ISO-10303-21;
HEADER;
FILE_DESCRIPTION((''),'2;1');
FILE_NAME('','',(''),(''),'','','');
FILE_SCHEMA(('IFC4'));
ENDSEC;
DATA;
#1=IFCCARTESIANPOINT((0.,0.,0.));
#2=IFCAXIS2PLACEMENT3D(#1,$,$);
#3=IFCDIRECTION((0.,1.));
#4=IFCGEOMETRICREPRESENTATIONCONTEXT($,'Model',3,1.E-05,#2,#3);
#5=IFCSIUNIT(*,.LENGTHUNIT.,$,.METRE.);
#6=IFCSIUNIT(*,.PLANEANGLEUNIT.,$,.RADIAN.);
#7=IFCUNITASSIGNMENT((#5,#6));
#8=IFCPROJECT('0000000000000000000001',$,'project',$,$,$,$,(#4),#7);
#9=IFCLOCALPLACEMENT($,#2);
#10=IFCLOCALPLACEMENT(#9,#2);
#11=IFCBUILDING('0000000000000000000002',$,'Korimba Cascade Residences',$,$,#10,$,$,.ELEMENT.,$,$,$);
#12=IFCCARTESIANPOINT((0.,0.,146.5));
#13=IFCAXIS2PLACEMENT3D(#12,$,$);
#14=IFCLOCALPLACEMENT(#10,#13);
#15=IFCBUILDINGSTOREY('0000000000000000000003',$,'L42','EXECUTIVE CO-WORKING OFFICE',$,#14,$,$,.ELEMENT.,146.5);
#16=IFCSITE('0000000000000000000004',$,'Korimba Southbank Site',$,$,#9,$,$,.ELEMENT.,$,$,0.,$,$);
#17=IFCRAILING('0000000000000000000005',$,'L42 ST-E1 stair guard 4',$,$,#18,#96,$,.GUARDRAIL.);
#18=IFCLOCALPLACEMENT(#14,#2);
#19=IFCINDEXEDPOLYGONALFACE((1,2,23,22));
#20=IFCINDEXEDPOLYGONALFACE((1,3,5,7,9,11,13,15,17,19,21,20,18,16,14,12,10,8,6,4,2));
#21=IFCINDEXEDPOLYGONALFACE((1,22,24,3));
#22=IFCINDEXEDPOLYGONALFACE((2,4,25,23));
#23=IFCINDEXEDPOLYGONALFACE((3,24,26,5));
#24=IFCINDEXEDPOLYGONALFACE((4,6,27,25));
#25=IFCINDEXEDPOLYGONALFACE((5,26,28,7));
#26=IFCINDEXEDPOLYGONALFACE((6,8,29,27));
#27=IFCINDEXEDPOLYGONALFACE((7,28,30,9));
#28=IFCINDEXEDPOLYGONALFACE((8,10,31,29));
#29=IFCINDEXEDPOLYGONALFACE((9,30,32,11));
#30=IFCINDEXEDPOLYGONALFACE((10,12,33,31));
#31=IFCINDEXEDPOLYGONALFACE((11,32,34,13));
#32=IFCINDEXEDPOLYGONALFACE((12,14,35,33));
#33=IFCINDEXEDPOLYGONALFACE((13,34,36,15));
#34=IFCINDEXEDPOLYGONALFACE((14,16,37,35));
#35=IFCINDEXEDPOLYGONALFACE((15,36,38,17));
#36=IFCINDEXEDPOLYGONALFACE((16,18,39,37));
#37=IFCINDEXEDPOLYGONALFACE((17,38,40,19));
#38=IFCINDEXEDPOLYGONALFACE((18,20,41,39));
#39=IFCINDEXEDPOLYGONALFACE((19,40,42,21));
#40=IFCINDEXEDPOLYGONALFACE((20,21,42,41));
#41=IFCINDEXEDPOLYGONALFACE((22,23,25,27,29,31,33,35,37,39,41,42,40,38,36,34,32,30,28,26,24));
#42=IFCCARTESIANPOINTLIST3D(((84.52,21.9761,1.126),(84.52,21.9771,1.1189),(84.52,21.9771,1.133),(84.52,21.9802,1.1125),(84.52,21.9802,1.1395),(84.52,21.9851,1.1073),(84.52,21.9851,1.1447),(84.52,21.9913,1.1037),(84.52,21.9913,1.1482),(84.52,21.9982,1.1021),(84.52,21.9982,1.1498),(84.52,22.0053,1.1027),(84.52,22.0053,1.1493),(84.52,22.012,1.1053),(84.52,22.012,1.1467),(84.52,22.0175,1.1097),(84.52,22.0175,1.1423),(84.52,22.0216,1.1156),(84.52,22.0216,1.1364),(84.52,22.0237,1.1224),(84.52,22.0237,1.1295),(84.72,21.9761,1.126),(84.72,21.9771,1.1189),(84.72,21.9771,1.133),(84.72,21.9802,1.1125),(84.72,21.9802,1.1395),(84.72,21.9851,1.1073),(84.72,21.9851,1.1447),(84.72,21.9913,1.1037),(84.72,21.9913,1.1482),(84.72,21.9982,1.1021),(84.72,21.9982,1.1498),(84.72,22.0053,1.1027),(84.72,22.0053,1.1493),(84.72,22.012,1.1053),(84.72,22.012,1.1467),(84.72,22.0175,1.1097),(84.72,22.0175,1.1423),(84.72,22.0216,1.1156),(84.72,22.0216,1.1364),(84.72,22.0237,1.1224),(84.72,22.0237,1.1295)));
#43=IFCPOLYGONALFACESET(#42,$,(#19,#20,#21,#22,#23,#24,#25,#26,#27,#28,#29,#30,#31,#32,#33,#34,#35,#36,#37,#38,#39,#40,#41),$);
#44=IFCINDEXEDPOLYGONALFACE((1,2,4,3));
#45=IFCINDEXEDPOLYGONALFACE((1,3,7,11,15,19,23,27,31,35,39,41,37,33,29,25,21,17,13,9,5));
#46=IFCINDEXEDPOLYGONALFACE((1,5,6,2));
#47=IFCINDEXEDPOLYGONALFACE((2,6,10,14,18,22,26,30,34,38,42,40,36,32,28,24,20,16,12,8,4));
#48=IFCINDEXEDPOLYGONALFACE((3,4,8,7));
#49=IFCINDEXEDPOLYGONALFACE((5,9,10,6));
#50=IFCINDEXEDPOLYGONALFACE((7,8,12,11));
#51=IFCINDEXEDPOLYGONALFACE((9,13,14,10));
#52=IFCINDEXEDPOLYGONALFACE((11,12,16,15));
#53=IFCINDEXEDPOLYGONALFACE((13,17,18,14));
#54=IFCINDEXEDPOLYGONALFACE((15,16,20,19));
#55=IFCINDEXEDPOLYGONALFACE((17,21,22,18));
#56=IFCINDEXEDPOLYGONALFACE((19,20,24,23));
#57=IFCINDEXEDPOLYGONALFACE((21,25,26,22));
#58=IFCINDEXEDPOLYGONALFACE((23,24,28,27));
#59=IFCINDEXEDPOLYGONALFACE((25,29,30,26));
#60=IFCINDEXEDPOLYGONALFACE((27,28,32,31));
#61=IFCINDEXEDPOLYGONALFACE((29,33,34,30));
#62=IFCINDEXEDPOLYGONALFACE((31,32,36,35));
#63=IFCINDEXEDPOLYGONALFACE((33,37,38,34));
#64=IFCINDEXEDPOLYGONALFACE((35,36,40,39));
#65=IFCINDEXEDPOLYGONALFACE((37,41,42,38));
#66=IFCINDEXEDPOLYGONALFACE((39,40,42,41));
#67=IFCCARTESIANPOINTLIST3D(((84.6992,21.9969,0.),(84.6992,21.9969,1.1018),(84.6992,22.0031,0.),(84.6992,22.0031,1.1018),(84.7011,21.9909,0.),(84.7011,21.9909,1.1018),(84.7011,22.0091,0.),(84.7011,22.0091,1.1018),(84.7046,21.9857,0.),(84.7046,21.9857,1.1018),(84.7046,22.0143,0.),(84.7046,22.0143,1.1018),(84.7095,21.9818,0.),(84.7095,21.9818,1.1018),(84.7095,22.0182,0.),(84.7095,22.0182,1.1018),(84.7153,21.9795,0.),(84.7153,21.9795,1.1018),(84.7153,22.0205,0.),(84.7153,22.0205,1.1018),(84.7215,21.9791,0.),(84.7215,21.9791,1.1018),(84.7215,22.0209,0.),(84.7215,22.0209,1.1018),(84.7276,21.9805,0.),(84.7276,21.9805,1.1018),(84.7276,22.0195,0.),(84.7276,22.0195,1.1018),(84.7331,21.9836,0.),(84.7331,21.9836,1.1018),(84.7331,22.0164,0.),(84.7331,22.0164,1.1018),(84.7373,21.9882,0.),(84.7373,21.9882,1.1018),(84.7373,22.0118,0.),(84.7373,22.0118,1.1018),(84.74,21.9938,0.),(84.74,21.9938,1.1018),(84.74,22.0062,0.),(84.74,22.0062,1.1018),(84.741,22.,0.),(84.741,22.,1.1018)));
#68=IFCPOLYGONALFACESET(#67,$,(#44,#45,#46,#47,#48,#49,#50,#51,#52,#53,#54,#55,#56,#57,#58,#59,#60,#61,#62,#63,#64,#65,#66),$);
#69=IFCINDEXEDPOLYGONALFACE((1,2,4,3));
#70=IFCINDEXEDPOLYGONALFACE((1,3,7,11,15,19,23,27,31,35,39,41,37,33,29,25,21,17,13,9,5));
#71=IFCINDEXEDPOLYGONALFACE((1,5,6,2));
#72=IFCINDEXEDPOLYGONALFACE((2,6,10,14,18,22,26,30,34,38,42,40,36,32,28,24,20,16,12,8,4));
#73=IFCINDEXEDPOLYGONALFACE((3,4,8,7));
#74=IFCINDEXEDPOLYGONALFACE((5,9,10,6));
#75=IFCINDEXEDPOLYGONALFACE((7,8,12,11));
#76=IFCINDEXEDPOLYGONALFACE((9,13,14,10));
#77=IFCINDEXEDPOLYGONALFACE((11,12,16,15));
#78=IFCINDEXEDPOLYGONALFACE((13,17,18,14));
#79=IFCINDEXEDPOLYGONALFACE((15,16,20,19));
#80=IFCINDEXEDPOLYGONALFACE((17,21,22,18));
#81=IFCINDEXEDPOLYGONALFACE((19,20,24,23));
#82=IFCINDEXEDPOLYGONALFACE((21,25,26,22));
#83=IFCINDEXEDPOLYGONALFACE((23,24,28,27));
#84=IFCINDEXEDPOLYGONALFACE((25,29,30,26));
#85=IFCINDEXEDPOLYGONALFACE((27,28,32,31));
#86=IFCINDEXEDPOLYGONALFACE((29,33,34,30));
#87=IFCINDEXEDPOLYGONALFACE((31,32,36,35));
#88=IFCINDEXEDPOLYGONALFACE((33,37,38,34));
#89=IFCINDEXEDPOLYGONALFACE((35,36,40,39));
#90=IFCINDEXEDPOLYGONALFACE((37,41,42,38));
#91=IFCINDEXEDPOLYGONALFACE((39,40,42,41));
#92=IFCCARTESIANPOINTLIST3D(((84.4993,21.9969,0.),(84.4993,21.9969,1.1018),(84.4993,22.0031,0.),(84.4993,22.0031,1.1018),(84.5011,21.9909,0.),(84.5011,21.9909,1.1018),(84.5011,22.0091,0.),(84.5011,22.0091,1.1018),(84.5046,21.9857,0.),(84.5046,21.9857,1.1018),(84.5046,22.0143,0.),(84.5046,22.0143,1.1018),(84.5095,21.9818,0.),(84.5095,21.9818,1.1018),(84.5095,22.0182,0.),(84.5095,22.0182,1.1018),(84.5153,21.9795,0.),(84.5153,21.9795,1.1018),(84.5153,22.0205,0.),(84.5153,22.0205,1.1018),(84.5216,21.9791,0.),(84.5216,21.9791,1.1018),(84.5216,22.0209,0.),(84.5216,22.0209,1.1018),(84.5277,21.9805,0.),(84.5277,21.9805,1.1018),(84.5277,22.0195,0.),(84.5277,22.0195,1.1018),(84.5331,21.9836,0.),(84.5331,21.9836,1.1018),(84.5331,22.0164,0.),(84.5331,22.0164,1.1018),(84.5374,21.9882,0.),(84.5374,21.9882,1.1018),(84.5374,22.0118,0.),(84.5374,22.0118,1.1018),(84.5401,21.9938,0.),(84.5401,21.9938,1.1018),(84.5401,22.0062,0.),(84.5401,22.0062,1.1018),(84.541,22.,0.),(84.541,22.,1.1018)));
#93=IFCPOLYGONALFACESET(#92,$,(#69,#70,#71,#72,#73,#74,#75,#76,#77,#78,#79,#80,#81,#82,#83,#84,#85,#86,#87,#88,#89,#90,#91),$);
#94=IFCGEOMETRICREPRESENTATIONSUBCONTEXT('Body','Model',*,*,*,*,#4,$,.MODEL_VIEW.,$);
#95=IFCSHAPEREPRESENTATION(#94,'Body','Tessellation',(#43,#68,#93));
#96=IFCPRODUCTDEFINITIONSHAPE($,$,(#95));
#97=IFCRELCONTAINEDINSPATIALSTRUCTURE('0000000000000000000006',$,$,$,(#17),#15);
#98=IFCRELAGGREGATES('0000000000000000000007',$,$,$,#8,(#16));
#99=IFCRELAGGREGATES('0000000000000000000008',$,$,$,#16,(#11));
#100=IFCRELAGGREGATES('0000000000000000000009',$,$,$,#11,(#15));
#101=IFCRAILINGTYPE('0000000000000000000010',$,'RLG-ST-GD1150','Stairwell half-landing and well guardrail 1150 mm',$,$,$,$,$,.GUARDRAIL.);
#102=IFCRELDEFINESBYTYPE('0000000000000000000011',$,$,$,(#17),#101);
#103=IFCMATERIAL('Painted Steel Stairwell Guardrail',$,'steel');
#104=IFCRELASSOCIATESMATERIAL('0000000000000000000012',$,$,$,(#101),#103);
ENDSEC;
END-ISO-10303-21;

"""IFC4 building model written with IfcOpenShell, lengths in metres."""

from ifc_helpers import new_model, si_unit, direction, frame, origin, origin_2d, place, context, subcontext, project, spatial, circle, extrude, material, type_object, element, save


model = new_model("IFC4")

# Units and contexts
model_context = context("Model", 3, precision=1e-05, world=origin(), true_north=direction((0.0, 1.0)))
body_context = subcontext(model_context, "Body", "Model", "MODEL_VIEW")
ifc_project = project(units=[si_unit("LENGTHUNIT", "METRE"), si_unit("PLANEANGLEUNIT", "RADIAN")], contexts=[model_context])

# Site, building, storey
site_placement = place(None, origin())
site = spatial("IfcSite", under=ifc_project, at=site_placement, Name="Korimba Southbank Site", CompositionType="ELEMENT", RefElevation=0.0)
building_placement = place(site_placement, origin())
building = spatial("IfcBuilding", under=site, at=building_placement, Name="Korimba Cascade Residences", CompositionType="ELEMENT")
storey_placement = place(building_placement, frame((0.0, 0.0, 146.5)))
storey = spatial("IfcBuildingStorey", under=building, at=storey_placement, Name="L42", Description="EXECUTIVE CO-WORKING OFFICE", CompositionType="ELEMENT", Elevation=146.5)

# Railing
ifc_material_1 = material(Name="Painted Steel Stairwell Guardrail", Category="steel")
railing_type_1 = type_object("IfcRailingType", Name="RLG-ST-GD1150", Description="Stairwell half-landing and well guardrail 1150 mm", PredefinedType="GUARDRAIL", material=ifc_material_1)
railing_1_placement = place(storey_placement, frame((84.72, 22.0, 0.0)))
element("IfcRailing", 1, at=railing_1_placement, inside=storey, type_object=railing_type_1, Name="L42 ST-E1 stair guard 4", PredefinedType="GUARDRAIL", context=body_context, shape_type="SweptSolid", body=[
    extrude(circle(Radius=0.0239, at=origin_2d()), frame((0.0, 0.0, 1.126), z_axis=(-1.0, 0.0, 0.0), x_axis=(0.0, -1.0, 0.0)), (0.0, 0.0, 1.0), 0.2),
    extrude(circle(Radius=0.021, at=origin_2d()), origin(), (0.0, 0.0, 1.0), 1.1018),
    extrude(circle(Radius=0.021, at=origin_2d()), frame((-0.2, 0.0, 0.0)), (0.0, 0.0, 1.0), 1.1018),
])

save(model, "model.ifc")
